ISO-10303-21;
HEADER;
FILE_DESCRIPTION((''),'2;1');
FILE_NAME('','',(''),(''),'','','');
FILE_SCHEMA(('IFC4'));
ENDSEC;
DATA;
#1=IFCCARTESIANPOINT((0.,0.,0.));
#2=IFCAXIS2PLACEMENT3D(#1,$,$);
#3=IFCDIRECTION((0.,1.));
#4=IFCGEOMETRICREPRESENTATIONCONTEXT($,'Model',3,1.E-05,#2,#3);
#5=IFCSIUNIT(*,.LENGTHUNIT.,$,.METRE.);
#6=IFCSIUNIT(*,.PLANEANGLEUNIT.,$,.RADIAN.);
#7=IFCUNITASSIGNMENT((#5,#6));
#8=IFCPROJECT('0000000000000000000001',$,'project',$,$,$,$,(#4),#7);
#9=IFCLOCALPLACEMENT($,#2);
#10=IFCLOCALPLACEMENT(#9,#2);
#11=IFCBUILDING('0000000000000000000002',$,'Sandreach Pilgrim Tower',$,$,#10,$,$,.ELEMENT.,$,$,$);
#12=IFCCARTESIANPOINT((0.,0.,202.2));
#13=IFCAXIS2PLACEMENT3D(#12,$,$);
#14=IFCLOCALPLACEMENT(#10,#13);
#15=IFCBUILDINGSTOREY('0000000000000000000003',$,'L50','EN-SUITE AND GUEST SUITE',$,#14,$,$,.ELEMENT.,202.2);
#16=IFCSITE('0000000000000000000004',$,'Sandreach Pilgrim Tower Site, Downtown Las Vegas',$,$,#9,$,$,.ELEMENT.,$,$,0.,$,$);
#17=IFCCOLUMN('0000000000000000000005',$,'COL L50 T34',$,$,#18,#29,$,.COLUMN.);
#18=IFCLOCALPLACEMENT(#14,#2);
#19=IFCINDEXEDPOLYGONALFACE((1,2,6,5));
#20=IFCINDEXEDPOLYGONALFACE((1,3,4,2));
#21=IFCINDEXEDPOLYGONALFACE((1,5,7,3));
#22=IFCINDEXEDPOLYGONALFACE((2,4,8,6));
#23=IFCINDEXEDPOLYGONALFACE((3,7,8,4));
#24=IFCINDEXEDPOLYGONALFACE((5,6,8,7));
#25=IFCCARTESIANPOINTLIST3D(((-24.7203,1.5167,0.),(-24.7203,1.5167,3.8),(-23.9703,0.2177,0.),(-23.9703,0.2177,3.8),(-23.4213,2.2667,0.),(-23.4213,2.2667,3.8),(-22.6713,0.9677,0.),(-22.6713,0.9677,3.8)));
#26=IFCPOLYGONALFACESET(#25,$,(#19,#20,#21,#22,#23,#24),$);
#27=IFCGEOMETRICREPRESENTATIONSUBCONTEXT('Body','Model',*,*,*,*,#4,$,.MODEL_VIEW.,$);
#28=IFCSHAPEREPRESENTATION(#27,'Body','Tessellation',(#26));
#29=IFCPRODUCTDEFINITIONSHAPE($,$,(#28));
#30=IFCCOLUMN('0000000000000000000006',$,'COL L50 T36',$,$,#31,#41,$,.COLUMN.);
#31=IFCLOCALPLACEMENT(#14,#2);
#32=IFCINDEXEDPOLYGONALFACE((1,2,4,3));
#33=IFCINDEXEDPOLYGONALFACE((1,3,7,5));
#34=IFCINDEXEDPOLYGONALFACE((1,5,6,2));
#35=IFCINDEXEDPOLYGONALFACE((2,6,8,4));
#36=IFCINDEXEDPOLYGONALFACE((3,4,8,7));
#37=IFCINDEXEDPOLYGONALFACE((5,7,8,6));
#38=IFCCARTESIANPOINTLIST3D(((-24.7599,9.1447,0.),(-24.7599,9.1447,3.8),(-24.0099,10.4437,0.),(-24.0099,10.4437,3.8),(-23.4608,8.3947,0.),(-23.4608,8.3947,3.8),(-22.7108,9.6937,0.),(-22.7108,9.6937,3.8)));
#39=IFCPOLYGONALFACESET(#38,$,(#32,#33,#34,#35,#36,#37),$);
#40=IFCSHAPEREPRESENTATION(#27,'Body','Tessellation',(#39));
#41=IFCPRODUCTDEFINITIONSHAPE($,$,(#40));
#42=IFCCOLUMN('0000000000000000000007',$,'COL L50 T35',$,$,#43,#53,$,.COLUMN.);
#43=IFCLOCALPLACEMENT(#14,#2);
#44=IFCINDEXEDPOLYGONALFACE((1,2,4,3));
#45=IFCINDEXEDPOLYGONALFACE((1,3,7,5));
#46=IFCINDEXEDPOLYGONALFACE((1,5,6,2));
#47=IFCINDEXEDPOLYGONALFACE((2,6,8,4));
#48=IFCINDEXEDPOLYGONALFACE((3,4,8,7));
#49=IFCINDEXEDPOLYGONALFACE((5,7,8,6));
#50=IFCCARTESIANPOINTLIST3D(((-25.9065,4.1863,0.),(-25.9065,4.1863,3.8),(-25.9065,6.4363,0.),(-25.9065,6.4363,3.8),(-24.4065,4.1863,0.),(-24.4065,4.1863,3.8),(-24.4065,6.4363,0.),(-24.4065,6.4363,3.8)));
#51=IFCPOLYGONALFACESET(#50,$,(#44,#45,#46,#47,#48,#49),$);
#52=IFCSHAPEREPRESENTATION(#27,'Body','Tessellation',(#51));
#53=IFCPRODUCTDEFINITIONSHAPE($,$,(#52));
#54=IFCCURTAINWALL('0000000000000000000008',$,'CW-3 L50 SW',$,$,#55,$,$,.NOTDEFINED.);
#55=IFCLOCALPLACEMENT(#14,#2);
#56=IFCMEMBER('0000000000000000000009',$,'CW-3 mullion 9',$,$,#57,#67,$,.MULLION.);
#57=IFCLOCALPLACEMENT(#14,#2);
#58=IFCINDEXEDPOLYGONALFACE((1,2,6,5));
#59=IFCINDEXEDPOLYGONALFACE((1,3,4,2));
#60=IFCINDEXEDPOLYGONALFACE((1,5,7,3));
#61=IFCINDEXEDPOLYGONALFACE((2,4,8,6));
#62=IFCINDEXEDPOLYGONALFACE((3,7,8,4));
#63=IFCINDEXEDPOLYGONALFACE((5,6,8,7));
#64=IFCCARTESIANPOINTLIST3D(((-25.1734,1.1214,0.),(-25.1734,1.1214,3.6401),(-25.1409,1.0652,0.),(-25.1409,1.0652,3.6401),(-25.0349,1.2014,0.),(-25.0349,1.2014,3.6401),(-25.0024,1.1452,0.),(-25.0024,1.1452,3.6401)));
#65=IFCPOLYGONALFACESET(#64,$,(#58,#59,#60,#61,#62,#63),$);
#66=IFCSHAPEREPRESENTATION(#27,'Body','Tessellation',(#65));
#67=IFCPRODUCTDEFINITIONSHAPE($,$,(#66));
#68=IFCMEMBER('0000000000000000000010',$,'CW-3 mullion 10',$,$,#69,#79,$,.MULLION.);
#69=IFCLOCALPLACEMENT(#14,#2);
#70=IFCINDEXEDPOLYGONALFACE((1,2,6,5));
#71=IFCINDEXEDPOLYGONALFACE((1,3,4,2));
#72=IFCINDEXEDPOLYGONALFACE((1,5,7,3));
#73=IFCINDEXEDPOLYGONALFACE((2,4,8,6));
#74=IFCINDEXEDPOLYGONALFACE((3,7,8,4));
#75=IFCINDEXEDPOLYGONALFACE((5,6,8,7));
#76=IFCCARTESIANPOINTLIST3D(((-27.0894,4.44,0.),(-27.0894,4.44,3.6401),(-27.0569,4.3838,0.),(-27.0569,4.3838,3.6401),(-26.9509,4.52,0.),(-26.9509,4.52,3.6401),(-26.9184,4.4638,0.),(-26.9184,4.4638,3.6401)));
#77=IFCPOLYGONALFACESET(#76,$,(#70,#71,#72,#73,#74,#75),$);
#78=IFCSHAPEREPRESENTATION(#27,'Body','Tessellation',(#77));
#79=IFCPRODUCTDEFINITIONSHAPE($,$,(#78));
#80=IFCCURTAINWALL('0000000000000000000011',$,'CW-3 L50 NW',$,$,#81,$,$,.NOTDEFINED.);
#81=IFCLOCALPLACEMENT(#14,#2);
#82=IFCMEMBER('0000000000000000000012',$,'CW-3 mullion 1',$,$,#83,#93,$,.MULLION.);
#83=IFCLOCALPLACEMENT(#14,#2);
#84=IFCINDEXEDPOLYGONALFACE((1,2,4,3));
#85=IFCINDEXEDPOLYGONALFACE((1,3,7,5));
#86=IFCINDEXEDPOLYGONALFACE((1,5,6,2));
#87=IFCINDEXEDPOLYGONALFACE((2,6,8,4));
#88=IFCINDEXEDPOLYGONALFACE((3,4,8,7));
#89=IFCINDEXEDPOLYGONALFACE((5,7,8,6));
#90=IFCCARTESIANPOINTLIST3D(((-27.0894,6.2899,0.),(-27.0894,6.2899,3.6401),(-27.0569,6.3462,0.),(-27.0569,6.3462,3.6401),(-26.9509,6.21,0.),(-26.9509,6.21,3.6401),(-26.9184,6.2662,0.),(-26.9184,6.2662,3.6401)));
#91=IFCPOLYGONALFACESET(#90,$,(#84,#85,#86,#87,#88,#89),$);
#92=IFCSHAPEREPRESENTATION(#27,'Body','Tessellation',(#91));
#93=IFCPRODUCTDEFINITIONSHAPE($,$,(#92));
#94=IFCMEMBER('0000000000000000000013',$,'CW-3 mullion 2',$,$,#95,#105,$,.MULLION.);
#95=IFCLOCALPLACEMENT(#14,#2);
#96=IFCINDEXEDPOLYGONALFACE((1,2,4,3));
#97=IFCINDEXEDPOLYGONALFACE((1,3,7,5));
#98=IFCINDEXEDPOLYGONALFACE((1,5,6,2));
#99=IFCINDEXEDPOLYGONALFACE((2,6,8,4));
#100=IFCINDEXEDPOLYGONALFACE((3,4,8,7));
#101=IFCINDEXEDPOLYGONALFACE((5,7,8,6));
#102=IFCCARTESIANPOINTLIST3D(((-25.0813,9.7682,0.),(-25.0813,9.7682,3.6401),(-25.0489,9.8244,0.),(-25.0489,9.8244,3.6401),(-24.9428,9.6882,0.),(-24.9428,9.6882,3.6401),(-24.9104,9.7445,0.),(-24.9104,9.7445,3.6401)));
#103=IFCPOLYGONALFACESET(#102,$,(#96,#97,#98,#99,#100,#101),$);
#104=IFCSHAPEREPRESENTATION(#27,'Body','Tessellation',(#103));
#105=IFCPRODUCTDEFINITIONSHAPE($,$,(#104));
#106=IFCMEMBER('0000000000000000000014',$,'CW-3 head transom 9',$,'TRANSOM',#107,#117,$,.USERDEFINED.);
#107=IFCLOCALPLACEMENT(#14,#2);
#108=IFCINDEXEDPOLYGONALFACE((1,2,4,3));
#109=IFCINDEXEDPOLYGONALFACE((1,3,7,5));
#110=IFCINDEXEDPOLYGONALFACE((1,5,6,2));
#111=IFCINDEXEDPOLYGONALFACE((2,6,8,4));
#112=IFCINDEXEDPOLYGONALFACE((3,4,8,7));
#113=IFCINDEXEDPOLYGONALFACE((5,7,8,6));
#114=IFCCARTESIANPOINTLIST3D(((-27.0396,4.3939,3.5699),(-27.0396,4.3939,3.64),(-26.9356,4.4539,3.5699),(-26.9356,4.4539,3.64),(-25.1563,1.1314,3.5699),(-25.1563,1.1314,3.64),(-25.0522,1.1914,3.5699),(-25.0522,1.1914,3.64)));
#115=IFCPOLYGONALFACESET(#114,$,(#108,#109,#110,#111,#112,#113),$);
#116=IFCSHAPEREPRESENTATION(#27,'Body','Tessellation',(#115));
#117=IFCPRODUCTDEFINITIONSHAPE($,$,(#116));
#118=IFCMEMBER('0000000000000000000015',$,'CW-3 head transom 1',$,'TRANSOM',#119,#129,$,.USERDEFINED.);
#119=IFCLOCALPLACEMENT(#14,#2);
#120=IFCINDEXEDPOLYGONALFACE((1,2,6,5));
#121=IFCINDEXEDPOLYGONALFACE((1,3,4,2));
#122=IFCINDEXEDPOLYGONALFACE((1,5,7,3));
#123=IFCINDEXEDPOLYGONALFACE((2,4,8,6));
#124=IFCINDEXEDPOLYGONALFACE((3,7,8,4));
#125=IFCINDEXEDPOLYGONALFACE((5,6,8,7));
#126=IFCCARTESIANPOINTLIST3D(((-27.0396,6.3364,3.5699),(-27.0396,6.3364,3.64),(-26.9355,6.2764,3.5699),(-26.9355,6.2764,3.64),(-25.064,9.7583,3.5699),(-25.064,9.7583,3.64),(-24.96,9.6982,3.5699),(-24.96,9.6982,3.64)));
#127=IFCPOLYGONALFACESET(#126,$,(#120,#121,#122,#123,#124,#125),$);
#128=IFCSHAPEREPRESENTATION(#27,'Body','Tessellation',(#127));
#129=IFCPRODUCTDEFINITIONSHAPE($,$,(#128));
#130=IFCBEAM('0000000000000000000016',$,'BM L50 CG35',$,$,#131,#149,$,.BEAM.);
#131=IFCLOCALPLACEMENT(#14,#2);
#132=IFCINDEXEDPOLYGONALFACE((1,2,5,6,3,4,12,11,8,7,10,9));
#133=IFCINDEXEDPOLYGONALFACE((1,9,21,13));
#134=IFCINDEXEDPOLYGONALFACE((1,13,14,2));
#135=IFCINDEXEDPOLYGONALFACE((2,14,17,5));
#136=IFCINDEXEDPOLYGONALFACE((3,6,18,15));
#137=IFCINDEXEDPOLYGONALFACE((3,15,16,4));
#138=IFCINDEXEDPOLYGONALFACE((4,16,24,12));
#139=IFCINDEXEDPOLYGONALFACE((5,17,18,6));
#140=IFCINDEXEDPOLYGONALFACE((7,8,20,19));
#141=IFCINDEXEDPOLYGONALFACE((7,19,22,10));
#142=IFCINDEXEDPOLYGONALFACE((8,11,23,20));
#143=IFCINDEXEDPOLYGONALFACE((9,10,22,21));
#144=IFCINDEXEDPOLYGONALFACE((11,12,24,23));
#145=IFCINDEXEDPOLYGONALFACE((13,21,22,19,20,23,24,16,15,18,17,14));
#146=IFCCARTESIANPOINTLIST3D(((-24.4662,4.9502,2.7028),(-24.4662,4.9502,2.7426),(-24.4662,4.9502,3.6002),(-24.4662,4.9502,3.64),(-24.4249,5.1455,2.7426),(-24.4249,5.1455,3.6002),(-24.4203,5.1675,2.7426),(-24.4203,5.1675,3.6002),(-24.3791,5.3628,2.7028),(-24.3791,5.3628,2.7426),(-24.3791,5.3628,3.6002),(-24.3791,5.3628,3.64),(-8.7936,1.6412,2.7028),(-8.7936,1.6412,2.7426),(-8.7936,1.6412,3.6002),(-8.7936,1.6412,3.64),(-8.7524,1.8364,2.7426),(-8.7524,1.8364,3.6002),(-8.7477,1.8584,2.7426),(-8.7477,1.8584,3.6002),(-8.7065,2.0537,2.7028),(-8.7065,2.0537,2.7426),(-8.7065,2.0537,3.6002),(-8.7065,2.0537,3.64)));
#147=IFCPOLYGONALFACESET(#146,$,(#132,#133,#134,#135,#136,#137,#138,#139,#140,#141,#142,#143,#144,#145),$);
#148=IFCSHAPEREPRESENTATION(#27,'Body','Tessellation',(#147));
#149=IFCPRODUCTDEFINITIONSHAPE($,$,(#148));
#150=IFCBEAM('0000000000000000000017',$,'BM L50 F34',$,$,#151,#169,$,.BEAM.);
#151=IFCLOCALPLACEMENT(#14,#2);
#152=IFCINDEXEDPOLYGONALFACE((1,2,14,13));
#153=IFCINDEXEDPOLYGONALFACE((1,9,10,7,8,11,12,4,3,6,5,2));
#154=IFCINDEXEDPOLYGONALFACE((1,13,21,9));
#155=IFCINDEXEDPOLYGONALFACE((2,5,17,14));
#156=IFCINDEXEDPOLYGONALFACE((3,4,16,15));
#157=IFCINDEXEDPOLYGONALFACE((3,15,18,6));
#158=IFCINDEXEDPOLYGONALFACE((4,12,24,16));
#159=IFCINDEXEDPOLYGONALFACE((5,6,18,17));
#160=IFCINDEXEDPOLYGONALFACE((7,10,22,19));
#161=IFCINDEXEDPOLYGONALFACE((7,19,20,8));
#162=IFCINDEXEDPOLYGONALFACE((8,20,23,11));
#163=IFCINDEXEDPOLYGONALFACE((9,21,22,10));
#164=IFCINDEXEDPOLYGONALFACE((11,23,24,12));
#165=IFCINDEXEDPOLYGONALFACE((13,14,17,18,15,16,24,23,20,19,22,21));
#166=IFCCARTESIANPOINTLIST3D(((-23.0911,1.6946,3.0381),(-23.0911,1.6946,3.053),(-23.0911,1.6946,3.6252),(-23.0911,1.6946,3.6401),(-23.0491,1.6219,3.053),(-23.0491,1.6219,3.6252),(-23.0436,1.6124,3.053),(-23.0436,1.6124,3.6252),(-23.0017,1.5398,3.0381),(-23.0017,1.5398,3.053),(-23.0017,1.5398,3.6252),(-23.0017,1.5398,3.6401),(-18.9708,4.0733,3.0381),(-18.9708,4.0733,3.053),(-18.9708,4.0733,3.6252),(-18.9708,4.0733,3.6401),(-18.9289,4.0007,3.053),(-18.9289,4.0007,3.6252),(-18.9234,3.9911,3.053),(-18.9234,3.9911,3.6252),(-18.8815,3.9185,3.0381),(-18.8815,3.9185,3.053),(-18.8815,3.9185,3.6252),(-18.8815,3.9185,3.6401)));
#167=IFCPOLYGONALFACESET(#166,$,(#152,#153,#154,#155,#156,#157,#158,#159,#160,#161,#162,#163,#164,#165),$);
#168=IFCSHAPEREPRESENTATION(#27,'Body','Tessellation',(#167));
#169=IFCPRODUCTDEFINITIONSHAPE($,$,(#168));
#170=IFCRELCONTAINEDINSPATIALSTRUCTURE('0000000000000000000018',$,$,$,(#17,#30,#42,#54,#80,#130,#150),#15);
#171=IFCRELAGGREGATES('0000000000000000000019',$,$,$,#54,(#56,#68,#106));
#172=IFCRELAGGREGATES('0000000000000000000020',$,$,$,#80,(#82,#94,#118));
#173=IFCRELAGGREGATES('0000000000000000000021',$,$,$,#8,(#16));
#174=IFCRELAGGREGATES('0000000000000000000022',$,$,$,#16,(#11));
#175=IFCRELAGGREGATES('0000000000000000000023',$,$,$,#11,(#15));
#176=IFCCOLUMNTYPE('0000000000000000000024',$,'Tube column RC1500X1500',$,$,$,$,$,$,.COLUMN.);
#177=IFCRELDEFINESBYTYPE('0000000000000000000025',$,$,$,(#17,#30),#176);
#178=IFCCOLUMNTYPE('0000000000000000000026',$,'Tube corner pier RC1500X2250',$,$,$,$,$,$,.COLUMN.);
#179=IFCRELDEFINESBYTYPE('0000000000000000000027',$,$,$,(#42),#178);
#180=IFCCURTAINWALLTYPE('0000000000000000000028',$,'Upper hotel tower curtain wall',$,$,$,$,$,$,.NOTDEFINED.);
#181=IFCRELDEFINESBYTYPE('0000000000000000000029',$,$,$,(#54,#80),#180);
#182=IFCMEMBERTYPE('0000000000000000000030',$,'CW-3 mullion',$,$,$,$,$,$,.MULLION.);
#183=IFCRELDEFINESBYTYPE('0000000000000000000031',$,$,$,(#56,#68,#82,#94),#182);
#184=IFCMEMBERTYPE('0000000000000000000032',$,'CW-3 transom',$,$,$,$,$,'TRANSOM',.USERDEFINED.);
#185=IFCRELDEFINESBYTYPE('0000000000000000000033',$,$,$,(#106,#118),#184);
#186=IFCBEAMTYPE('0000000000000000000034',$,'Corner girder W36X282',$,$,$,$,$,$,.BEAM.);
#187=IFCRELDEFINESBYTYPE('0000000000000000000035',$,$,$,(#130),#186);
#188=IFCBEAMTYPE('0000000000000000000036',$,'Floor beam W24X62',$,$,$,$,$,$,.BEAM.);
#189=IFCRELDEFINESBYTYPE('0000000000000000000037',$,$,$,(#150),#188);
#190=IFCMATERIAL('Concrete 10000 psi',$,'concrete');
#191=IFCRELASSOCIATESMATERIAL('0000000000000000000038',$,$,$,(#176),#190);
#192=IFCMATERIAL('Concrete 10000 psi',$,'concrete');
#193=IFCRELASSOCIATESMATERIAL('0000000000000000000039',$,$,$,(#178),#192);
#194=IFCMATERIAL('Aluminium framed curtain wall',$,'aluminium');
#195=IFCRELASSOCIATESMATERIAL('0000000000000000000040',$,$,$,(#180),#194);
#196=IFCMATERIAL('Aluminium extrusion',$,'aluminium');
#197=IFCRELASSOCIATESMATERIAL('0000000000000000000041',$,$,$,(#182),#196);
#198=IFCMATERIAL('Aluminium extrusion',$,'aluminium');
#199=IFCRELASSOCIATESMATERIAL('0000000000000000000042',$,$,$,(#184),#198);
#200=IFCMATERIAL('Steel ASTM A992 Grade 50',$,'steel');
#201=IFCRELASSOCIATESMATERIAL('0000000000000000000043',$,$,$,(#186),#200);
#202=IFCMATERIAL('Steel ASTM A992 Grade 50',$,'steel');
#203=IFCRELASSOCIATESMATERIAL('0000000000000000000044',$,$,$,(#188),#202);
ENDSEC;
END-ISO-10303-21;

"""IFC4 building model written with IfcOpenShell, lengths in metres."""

from ifc_helpers import new_model, si_unit, direction, frame, origin, origin_2d, place, context, subcontext, project, spatial, rectangle, i_section, extrude, material, material_profile, profile_set, type_object, element, aggregate, save


model = new_model("IFC4")

# Units and contexts
model_context = context("Model", 3, precision=1e-05, world=origin(), true_north=direction((0.0, 1.0)))
body_context = subcontext(model_context, "Body", "Model", "MODEL_VIEW")
ifc_project = project(units=[si_unit("LENGTHUNIT", "METRE"), si_unit("PLANEANGLEUNIT", "RADIAN")], contexts=[model_context])

# Site, building, storey
site_placement = place(None, origin())
site = spatial("IfcSite", under=ifc_project, at=site_placement, Name="Sandreach Pilgrim Tower Site, Downtown Las Vegas", CompositionType="ELEMENT", RefElevation=0.0)
building_placement = place(site_placement, origin())
building = spatial("IfcBuilding", under=site, at=building_placement, Name="Sandreach Pilgrim Tower", CompositionType="ELEMENT")
storey_placement = place(building_placement, frame((0.0, 0.0, 202.2)))
storey = spatial("IfcBuildingStorey", under=building, at=storey_placement, Name="L50", Description="EN-SUITE AND GUEST SUITE", CompositionType="ELEMENT", Elevation=202.2)

# Columns
ifc_material_1 = material(Name="Concrete 10000 psi", Category="concrete")
ifc_material_profile_1 = material_profile(ifc_material_1, rectangle(XDim=1.5, YDim=1.5, at=origin_2d()), Name="RC1500X1500")
ifc_profile_set_1 = profile_set([ifc_material_profile_1], Name="Concrete 10000 psi")
column_type_1 = type_object("IfcColumnType", Name="Tube column RC1500X1500", PredefinedType="COLUMN", material=ifc_profile_set_1)
for number, where, z_axis, x_axis, name in (
    (1, (-23.6958, 1.2422, 0.0), (0.0, 0.0, 1.0), (-0.866025, -0.5, 0.0), "COL L50 T34"),
    (2, (-23.7354, 9.4192, 0.0), (0.0, 0.0, 1.0), (-0.866025, 0.5, 0.0), "COL L50 T36"),
):
    element("IfcColumn", number, at=place(storey_placement, frame(where, z_axis=z_axis, x_axis=x_axis)), inside=storey, type_object=column_type_1, Name=name, PredefinedType="COLUMN", context=body_context, shape_type="SweptSolid", body=[
        extrude(rectangle(XDim=1.5, YDim=1.5, at=origin_2d()), origin(), (0.0, 0.0, 1.0), 3.8),
    ])
ifc_material_2 = material(Name="Concrete 10000 psi", Category="concrete")
ifc_material_profile_2 = material_profile(ifc_material_2, rectangle(XDim=1.5, YDim=2.25, at=origin_2d()), Name="RC1500X2250")
ifc_profile_set_2 = profile_set([ifc_material_profile_2], Name="Concrete 10000 psi")
column_type_2 = type_object("IfcColumnType", Name="Tube corner pier RC1500X2250", PredefinedType="COLUMN", material=ifc_profile_set_2)
column_placement = place(storey_placement, frame((-25.1565, 5.3113, 0.0), z_axis=(0.0, 0.0, 1.0), x_axis=(-1.0, 0.0, 0.0)))
element("IfcColumn", 3, at=column_placement, inside=storey, type_object=column_type_2, Name="COL L50 T35", PredefinedType="COLUMN", context=body_context, shape_type="SweptSolid", body=[
    extrude(rectangle(XDim=1.5, YDim=2.25, at=origin_2d()), origin(), (0.0, 0.0, 1.0), 3.8),
])

# Curtain walls, members
ifc_material_3 = material(Name="Aluminium framed curtain wall", Category="aluminium")
curtain_wall_type = type_object("IfcCurtainWallType", Name="Upper hotel tower curtain wall", PredefinedType="NOTDEFINED", material=ifc_material_3)
curtain_wall_1_placement = place(storey_placement, origin())
curtain_wall_1 = element("IfcCurtainWall", 4, at=curtain_wall_1_placement, inside=storey, type_object=curtain_wall_type, Name="CW-3 L50 SW", PredefinedType="NOTDEFINED")
ifc_material_4 = material(Name="Aluminium extrusion", Category="aluminium")
ifc_material_profile_3 = material_profile(ifc_material_4, rectangle(XDim=0.0649, YDim=0.1599, at=origin_2d()), Name="CW-3M 65X160")
ifc_profile_set_3 = profile_set([ifc_material_profile_3], Name="Aluminium extrusion")
member_type_1 = type_object("IfcMemberType", Name="CW-3 mullion", PredefinedType="MULLION", material=ifc_profile_set_3)
member_1_placement = place(storey_placement, frame((-25.0879, 1.1333, 0.0), z_axis=(0.0, 0.0, 1.0), x_axis=(-0.5, 0.866025, 0.0)))
member_1 = element("IfcMember", 5, at=member_1_placement, type_object=member_type_1, Name="CW-3 mullion 9", PredefinedType="MULLION", context=body_context, shape_type="SweptSolid", body=[
    extrude(rectangle(XDim=0.0649, YDim=0.1599, at=origin_2d()), origin(), (0.0, 0.0, 1.0), 3.6401),
])
member_2_placement = place(storey_placement, frame((-27.0039, 4.4519, 0.0), z_axis=(0.0, 0.0, 1.0), x_axis=(-0.5, 0.866025, 0.0)))
member_2 = element("IfcMember", 6, at=member_2_placement, type_object=member_type_1, Name="CW-3 mullion 10", PredefinedType="MULLION", context=body_context, shape_type="SweptSolid", body=[
    extrude(rectangle(XDim=0.0649, YDim=0.1599, at=origin_2d()), origin(), (0.0, 0.0, 1.0), 3.6401),
])
curtain_wall_2_placement = place(storey_placement, origin())
curtain_wall_2 = element("IfcCurtainWall", 7, at=curtain_wall_2_placement, inside=storey, type_object=curtain_wall_type, Name="CW-3 L50 NW", PredefinedType="NOTDEFINED")
member_3_placement = place(storey_placement, frame((-27.0039, 6.2781, 0.0), z_axis=(0.0, 0.0, 1.0), x_axis=(0.5, 0.866025, 0.0)))
member_3 = element("IfcMember", 8, at=member_3_placement, type_object=member_type_1, Name="CW-3 mullion 1", PredefinedType="MULLION", context=body_context, shape_type="SweptSolid", body=[
    extrude(rectangle(XDim=0.0649, YDim=0.1599, at=origin_2d()), origin(), (0.0, 0.0, 1.0), 3.6401),
])
member_4_placement = place(storey_placement, frame((-24.9958, 9.7563, 0.0), z_axis=(0.0, 0.0, 1.0), x_axis=(0.5, 0.866025, 0.0)))
member_4 = element("IfcMember", 9, at=member_4_placement, type_object=member_type_1, Name="CW-3 mullion 2", PredefinedType="MULLION", context=body_context, shape_type="SweptSolid", body=[
    extrude(rectangle(XDim=0.0649, YDim=0.1599, at=origin_2d()), origin(), (0.0, 0.0, 1.0), 3.6401),
])

# Members
ifc_material_5 = material(Name="Aluminium extrusion", Category="aluminium")
ifc_material_profile_4 = material_profile(ifc_material_5, rectangle(XDim=0.1201, YDim=0.0701, at=origin_2d()), Name="CW-3T 120X70")
ifc_profile_set_4 = profile_set([ifc_material_profile_4], Name="Aluminium extrusion")
member_type_2 = type_object("IfcMemberType", Name="CW-3 transom", ElementType="TRANSOM", PredefinedType="USERDEFINED", material=ifc_profile_set_4)
member_5_placement = place(storey_placement, frame((-25.1042, 1.1614, 3.605), z_axis=(-0.499945, 0.866057, 0.0), x_axis=(-0.866057, -0.499945, 0.0)))
member_5 = element("IfcMember", 10, at=member_5_placement, type_object=member_type_2, Name="CW-3 head transom 9", ObjectType="TRANSOM", PredefinedType="USERDEFINED", context=body_context, shape_type="SweptSolid", body=[
    extrude(rectangle(XDim=0.1201, YDim=0.0701, at=origin_2d()), origin(), (0.0, 0.0, 1.0), 3.7671),
])
member_6_placement = place(storey_placement, frame((-26.9875, 6.3064, 3.605), z_axis=(0.499993, 0.866029, 0.0), x_axis=(-0.866029, 0.499993, 0.0)))
member_6 = element("IfcMember", 11, at=member_6_placement, type_object=member_type_2, Name="CW-3 head transom 1", ObjectType="TRANSOM", PredefinedType="USERDEFINED", context=body_context, shape_type="SweptSolid", body=[
    extrude(rectangle(XDim=0.1201, YDim=0.0701, at=origin_2d()), origin(), (0.0, 0.0, 1.0), 3.9512),
])

# Beams
ifc_material_6 = material(Name="Steel ASTM A992 Grade 50", Category="steel")
ifc_material_profile_5 = material_profile(ifc_material_6, i_section(OverallWidth=0.4216, OverallDepth=0.9373, WebThickness=0.0225, FlangeThickness=0.0398, at=origin_2d()), Name="W36X282")
ifc_profile_set_5 = profile_set([ifc_material_profile_5], Name="Steel ASTM A992 Grade 50")
beam_type_1 = type_object("IfcBeamType", Name="Corner girder W36X282", PredefinedType="BEAM", material=ifc_profile_set_5)
beam_1_placement = place(storey_placement, frame((-24.4226, 5.1565, 3.1714), z_axis=(0.978429, -0.206583, 0.0), x_axis=(0.206583, 0.978429, 0.0)))
element("IfcBeam", 12, at=beam_1_placement, inside=storey, type_object=beam_type_1, Name="BM L50 CG35", PredefinedType="BEAM", context=body_context, shape_type="SweptSolid", body=[
    extrude(i_section(OverallWidth=0.4216, OverallDepth=0.9373, WebThickness=0.0225, FlangeThickness=0.0398, at=origin_2d()), origin(), (0.0, 0.0, 1.0), 16.0181),
])
ifc_material_7 = material(Name="Steel ASTM A992 Grade 50", Category="steel")
ifc_material_profile_6 = material_profile(ifc_material_7, i_section(OverallWidth=0.1787, OverallDepth=0.6021, WebThickness=0.011, FlangeThickness=0.0149, at=origin_2d()), Name="W24X62")
ifc_profile_set_6 = profile_set([ifc_material_profile_6], Name="Steel ASTM A992 Grade 50")
beam_type_2 = type_object("IfcBeamType", Name="Floor beam W24X62", PredefinedType="BEAM", material=ifc_profile_set_6)
beam_2_placement = place(storey_placement, frame((-23.0464, 1.6172, 3.3391), z_axis=(0.866033, 0.499986, 0.0), x_axis=(-0.499986, 0.866033, 0.0)))
element("IfcBeam", 13, at=beam_2_placement, inside=storey, type_object=beam_type_2, Name="BM L50 F34", PredefinedType="BEAM", context=body_context, shape_type="SweptSolid", body=[
    extrude(i_section(OverallWidth=0.1787, OverallDepth=0.6021, WebThickness=0.011, FlangeThickness=0.0149, at=origin_2d()), origin(), (0.0, 0.0, 1.0), 4.7576),
])

aggregate(curtain_wall_1, [member_1, member_2, member_5])
aggregate(curtain_wall_2, [member_3, member_4, member_6])

save(model, "model.ifc")
